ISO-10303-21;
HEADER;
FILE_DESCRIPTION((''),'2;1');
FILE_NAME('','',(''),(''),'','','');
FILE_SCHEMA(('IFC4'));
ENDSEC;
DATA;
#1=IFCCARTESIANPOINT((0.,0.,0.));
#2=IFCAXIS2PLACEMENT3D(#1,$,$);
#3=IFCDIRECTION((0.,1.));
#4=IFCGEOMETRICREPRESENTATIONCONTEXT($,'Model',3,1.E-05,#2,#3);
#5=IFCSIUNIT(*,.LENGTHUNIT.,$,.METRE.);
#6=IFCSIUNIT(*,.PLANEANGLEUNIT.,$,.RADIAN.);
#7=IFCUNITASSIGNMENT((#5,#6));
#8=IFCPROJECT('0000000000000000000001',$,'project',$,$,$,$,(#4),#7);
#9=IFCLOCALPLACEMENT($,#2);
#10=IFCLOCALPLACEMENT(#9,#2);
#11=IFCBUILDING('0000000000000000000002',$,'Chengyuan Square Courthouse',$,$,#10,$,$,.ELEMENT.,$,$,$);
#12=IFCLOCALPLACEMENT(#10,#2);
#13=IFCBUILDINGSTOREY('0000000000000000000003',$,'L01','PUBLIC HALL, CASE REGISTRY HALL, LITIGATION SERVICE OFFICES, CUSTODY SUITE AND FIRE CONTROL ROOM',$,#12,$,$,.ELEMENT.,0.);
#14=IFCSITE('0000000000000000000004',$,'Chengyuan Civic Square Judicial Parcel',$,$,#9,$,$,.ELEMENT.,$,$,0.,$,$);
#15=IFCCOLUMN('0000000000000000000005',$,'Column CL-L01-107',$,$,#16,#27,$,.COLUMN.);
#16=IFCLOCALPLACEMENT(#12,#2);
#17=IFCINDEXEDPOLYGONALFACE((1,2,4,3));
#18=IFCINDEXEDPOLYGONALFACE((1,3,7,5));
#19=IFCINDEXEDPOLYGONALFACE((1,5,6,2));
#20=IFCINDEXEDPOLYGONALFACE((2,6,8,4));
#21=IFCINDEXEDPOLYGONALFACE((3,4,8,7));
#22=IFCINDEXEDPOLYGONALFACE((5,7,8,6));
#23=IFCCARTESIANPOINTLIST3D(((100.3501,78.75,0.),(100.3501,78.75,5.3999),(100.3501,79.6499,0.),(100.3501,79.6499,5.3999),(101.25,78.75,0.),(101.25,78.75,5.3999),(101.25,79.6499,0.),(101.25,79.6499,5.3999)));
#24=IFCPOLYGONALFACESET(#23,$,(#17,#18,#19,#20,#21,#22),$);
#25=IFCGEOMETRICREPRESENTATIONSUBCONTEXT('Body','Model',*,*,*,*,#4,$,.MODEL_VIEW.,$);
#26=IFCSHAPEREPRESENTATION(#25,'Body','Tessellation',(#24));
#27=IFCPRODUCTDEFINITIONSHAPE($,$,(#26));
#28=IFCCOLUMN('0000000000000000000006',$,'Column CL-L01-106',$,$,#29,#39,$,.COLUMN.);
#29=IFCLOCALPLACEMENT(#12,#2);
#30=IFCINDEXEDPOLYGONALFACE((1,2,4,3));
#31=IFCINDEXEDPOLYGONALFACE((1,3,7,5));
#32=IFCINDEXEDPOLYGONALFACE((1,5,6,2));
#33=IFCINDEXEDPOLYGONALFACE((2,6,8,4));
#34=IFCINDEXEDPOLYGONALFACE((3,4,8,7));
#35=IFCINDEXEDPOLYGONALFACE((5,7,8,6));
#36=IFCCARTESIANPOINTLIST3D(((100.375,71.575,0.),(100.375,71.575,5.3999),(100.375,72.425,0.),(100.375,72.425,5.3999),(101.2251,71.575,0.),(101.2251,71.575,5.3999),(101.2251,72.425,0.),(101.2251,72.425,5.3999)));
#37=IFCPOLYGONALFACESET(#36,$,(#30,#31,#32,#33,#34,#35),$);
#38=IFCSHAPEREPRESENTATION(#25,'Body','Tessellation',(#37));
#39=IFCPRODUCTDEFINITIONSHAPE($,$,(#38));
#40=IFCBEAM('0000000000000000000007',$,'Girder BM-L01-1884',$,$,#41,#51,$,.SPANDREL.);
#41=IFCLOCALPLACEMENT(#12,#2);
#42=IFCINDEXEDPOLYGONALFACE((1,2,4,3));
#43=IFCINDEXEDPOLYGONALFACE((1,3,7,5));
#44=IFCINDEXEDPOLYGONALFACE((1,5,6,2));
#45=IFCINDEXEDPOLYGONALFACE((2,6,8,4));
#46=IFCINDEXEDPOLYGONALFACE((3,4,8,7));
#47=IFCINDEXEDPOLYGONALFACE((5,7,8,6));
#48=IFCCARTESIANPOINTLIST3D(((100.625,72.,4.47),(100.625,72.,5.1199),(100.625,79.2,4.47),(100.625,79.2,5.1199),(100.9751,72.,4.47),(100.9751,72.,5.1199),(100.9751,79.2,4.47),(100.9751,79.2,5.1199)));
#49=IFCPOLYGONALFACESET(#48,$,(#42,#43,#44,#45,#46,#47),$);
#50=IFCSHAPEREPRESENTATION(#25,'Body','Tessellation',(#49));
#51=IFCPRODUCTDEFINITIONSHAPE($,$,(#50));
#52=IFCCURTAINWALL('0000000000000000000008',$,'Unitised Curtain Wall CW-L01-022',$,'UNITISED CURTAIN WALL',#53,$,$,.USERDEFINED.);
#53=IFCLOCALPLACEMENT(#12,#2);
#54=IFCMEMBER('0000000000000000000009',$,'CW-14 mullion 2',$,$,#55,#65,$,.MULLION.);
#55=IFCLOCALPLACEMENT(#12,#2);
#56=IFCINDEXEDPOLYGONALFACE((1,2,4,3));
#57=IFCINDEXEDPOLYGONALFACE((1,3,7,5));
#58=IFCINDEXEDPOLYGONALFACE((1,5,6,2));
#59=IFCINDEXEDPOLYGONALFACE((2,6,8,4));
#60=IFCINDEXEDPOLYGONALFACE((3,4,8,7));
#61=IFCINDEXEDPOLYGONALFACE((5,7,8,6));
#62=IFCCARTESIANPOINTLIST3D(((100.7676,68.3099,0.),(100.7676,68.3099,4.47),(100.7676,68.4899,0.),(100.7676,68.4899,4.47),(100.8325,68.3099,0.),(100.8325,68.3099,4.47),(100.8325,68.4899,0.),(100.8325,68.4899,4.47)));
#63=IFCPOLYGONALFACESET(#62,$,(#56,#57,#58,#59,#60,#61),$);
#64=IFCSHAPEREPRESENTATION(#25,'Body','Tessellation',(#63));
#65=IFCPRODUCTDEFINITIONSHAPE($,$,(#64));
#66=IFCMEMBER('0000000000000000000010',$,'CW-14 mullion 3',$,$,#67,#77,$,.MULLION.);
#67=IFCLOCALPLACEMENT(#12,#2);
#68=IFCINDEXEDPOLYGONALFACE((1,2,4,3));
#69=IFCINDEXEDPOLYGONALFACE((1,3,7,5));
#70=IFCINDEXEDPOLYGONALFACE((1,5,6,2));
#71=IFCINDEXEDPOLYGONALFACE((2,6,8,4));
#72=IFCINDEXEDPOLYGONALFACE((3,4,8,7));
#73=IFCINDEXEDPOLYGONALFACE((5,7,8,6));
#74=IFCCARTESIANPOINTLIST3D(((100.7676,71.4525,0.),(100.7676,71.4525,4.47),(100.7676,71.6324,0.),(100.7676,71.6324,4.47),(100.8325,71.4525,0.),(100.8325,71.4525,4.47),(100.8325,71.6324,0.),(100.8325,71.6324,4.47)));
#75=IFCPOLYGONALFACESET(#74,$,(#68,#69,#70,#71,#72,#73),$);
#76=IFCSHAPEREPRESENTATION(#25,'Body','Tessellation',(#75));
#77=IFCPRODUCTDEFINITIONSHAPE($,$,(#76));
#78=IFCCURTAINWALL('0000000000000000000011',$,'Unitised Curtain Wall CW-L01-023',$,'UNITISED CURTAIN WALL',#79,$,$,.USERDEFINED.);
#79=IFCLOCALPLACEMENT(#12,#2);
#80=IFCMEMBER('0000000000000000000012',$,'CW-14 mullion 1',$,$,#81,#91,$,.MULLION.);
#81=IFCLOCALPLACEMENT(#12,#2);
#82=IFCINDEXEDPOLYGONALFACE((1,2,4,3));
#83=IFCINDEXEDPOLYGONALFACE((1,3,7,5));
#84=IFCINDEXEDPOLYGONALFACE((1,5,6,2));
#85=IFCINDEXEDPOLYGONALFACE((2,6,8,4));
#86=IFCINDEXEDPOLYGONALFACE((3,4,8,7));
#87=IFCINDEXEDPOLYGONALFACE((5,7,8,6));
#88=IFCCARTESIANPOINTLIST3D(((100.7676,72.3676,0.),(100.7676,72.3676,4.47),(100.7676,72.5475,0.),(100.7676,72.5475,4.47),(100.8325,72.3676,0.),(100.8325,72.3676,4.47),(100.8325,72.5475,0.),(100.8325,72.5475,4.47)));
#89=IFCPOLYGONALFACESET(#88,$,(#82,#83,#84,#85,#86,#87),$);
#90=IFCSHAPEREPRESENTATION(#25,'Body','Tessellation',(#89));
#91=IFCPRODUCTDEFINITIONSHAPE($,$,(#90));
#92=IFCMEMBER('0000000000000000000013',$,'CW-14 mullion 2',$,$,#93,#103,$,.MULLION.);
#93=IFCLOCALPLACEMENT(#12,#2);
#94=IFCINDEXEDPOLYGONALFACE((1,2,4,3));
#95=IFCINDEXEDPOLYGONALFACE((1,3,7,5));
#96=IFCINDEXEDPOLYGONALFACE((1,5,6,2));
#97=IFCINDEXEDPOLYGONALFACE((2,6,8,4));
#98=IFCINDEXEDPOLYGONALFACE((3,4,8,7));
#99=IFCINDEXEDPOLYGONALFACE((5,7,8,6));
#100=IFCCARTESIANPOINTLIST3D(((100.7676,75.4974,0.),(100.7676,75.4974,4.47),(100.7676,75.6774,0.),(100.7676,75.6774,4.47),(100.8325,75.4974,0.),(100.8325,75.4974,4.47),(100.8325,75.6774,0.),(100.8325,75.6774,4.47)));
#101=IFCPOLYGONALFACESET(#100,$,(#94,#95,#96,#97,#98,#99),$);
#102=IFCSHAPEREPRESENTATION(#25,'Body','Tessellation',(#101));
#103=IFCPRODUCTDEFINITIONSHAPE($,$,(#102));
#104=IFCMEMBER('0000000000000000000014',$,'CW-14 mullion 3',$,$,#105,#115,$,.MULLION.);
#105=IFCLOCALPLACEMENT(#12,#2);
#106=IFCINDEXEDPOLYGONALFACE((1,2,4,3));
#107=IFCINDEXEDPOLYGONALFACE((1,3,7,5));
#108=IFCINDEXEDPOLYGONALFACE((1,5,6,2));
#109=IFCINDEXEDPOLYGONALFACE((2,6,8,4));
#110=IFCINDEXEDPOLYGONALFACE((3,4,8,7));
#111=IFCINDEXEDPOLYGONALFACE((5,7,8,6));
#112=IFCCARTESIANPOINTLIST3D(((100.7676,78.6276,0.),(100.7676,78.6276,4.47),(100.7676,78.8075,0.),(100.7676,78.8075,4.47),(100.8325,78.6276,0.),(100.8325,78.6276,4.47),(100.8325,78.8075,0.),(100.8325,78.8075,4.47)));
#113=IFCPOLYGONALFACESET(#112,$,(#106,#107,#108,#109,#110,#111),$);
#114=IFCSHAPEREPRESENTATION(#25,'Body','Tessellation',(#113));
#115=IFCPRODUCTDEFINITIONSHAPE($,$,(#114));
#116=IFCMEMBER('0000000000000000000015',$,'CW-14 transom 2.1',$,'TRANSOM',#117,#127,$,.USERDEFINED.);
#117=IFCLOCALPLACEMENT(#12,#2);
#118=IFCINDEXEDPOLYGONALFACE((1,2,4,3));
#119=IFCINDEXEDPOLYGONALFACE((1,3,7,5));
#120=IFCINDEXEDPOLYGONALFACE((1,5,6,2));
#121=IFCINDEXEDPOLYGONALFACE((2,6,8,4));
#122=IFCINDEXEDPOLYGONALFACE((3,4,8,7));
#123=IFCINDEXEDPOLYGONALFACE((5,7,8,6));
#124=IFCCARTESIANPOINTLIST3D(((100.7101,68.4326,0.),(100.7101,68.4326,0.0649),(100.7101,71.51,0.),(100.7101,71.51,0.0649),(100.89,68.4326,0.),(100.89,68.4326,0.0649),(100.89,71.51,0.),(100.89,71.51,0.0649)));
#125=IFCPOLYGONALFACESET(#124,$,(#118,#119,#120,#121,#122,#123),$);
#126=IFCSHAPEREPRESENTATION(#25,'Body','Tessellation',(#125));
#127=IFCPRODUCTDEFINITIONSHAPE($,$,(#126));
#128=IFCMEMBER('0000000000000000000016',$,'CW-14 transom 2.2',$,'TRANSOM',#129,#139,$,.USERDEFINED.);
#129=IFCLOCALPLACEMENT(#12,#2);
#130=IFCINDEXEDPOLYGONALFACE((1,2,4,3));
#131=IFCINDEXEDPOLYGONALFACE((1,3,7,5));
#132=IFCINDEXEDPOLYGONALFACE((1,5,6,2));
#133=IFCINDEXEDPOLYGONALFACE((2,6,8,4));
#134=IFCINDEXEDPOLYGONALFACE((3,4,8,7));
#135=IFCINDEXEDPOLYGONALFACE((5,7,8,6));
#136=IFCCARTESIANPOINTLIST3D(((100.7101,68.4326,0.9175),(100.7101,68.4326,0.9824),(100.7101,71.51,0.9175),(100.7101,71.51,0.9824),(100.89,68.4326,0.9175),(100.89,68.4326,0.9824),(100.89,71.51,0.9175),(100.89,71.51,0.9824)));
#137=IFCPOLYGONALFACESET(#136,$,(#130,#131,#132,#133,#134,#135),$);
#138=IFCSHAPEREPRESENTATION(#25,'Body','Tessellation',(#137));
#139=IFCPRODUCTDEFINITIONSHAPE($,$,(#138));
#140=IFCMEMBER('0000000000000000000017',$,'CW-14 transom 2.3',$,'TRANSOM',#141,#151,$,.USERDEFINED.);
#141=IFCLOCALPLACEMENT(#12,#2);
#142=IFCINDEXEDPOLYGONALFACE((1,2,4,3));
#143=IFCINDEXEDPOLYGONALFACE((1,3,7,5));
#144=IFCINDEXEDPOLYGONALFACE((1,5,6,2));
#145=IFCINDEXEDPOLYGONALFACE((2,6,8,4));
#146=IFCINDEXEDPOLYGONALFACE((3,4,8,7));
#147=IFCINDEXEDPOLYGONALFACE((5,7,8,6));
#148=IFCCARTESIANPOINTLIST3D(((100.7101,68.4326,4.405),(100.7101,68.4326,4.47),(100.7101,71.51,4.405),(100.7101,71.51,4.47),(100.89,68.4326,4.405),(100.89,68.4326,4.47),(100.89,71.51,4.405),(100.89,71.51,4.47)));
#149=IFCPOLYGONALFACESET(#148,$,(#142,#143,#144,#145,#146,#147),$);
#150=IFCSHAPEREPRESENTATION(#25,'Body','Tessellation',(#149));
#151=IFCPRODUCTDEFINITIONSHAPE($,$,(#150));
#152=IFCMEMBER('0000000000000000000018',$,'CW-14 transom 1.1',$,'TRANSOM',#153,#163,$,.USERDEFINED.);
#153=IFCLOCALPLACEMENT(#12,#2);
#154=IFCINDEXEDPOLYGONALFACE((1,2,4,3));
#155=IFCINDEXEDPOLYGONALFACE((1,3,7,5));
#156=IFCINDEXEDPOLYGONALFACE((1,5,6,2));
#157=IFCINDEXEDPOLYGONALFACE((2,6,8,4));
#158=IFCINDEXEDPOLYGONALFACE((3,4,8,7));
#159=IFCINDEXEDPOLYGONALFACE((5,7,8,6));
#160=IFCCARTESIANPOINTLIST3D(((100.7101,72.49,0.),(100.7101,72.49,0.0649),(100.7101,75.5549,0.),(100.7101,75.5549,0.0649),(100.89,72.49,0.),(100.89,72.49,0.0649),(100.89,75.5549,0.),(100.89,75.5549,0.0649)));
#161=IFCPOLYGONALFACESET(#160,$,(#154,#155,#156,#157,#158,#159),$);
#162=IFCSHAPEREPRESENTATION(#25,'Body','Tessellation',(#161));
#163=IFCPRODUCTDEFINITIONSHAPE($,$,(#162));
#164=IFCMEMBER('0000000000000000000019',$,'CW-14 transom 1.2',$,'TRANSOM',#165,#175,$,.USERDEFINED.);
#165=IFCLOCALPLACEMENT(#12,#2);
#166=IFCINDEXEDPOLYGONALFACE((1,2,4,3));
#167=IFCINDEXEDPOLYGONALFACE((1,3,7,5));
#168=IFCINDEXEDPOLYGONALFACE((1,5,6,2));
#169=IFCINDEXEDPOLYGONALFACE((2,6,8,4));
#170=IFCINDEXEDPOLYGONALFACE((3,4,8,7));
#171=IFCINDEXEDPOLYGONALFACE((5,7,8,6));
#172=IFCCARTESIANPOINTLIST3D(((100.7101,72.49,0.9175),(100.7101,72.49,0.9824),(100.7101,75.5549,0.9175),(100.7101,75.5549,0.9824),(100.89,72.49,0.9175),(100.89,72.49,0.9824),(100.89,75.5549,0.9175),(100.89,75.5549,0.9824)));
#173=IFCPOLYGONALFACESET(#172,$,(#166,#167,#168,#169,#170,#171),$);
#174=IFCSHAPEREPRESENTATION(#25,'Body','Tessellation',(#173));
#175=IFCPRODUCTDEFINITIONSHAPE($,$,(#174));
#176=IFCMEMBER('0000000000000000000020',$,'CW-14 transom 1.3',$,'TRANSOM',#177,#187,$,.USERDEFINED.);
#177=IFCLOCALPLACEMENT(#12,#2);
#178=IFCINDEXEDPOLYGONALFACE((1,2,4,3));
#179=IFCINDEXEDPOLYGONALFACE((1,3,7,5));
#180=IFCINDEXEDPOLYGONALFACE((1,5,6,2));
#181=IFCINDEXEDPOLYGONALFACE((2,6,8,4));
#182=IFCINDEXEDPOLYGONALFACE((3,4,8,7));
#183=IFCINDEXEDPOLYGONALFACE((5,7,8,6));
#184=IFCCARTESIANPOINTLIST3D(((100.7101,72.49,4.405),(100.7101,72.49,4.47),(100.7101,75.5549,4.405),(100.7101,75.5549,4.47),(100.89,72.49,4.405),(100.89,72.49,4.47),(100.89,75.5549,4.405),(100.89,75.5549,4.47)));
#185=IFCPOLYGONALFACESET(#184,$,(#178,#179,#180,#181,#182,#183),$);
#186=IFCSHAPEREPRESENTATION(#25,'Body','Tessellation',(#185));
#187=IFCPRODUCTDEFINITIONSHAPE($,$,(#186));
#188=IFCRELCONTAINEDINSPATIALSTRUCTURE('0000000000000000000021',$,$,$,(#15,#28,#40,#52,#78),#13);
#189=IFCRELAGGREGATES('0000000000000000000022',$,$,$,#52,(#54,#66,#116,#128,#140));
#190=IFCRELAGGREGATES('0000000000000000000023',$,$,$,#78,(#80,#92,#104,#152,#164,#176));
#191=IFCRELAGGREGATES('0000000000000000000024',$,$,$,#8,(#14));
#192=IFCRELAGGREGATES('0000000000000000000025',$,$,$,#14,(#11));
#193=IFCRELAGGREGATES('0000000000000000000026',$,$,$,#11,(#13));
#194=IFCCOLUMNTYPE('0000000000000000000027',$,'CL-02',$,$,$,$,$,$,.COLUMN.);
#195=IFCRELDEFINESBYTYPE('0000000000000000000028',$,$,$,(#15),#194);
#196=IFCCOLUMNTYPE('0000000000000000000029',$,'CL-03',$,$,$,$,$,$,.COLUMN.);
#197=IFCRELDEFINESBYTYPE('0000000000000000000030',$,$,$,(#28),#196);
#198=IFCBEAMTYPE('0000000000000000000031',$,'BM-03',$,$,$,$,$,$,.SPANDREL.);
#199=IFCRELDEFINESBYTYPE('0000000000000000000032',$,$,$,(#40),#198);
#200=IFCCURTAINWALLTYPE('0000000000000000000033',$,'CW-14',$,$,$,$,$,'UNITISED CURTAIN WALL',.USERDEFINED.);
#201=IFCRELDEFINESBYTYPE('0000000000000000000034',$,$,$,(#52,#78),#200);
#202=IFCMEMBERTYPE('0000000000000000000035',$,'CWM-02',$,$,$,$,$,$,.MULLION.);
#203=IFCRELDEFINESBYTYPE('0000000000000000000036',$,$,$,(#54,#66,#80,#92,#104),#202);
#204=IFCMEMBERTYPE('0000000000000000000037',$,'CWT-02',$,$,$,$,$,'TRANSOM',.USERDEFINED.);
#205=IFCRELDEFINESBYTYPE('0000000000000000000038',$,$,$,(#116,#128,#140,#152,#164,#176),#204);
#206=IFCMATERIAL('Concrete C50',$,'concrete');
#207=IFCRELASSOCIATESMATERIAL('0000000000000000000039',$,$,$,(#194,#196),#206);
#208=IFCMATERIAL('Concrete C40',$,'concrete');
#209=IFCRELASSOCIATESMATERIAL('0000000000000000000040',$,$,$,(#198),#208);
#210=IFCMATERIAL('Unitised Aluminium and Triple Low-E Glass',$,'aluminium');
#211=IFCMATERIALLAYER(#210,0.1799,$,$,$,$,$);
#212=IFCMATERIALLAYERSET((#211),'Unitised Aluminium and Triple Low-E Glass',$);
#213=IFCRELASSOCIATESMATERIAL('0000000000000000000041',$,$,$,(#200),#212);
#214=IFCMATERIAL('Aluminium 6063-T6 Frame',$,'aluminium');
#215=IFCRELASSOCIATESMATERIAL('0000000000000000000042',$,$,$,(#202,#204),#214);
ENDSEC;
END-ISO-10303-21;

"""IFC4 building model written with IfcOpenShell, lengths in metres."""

from ifc_helpers import new_model, si_unit, direction, frame, origin, origin_2d, place, context, subcontext, project, spatial, rectangle, extrude, material, layer, layer_set, material_profile, profile_set, type_object, element, aggregate, save


model = new_model("IFC4")

# Units and contexts
model_context = context("Model", 3, precision=1e-05, world=origin(), true_north=direction((0.0, 1.0)))
body_context = subcontext(model_context, "Body", "Model", "MODEL_VIEW")
ifc_project = project(units=[si_unit("LENGTHUNIT", "METRE"), si_unit("PLANEANGLEUNIT", "RADIAN")], contexts=[model_context])

# Site, building, storey
site_placement = place(None, origin())
site = spatial("IfcSite", under=ifc_project, at=site_placement, Name="Chengyuan Civic Square Judicial Parcel", CompositionType="ELEMENT", RefElevation=0.0)
building_placement = place(site_placement, origin())
building = spatial("IfcBuilding", under=site, at=building_placement, Name="Chengyuan Square Courthouse", CompositionType="ELEMENT")
storey_placement = place(building_placement, origin())
storey = spatial("IfcBuildingStorey", under=building, at=storey_placement, Name="L01", Description="PUBLIC HALL, CASE REGISTRY HALL, LITIGATION SERVICE OFFICES, CUSTODY SUITE AND FIRE CONTROL ROOM", CompositionType="ELEMENT", Elevation=0.0)

# Columns
ifc_material_1 = material(Name="Concrete C50", Category="concrete")
ifc_material_profile_1 = material_profile(ifc_material_1, rectangle(XDim=0.8999, YDim=0.8999, at=origin_2d()), Name="RC-COL-900x900")
ifc_profile_set_1 = profile_set([ifc_material_profile_1], Name="Concrete C50")
column_type_1 = type_object("IfcColumnType", Name="CL-02", PredefinedType="COLUMN", material=ifc_profile_set_1)
column_1_placement = place(storey_placement, frame((100.8, 79.2, 0.0), z_axis=(0.0, 0.0, 1.0), x_axis=(1.0, 0.0, 0.0)))
element("IfcColumn", 1, at=column_1_placement, inside=storey, type_object=column_type_1, Name="Column CL-L01-107", PredefinedType="COLUMN", context=body_context, shape_type="SweptSolid", body=[
    extrude(rectangle(XDim=0.8999, YDim=0.8999, at=origin_2d()), origin(), (0.0, 0.0, 1.0), 5.3999),
])
ifc_material_profile_2 = material_profile(ifc_material_1, rectangle(XDim=0.8501, YDim=0.8501, at=origin_2d()), Name="RC-COL-850x850")
ifc_profile_set_2 = profile_set([ifc_material_profile_2], Name="Concrete C50")
column_type_2 = type_object("IfcColumnType", Name="CL-03", PredefinedType="COLUMN", material=ifc_profile_set_2)
column_2_placement = place(storey_placement, frame((100.8, 72.0, 0.0), z_axis=(0.0, 0.0, 1.0), x_axis=(1.0, 0.0, 0.0)))
element("IfcColumn", 2, at=column_2_placement, inside=storey, type_object=column_type_2, Name="Column CL-L01-106", PredefinedType="COLUMN", context=body_context, shape_type="SweptSolid", body=[
    extrude(rectangle(XDim=0.8501, YDim=0.8501, at=origin_2d()), origin(), (0.0, 0.0, 1.0), 5.3999),
])

# Beam
ifc_material_2 = material(Name="Concrete C40", Category="concrete")
ifc_material_profile_3 = material_profile(ifc_material_2, rectangle(XDim=0.3501, YDim=0.6499, at=origin_2d()), Name="RC-BM-350x650")
ifc_profile_set_3 = profile_set([ifc_material_profile_3], Name="Concrete C40")
beam_type = type_object("IfcBeamType", Name="BM-03", PredefinedType="SPANDREL", material=ifc_profile_set_3)
beam_placement = place(storey_placement, frame((100.8, 72.0, 4.7949), z_axis=(0.0, 1.0, 0.0), x_axis=(-1.0, 0.0, 0.0)))
element("IfcBeam", 3, at=beam_placement, inside=storey, type_object=beam_type, Name="Girder BM-L01-1884", PredefinedType="SPANDREL", context=body_context, shape_type="SweptSolid", body=[
    extrude(rectangle(XDim=0.3501, YDim=0.6499, at=origin_2d()), origin(), (0.0, 0.0, 1.0), 7.2),
])

# Curtain walls, members
ifc_material_3 = material(Name="Unitised Aluminium and Triple Low-E Glass", Category="aluminium")
ifc_layer_1 = layer(ifc_material_3, 0.1799)
ifc_layer_set_1 = layer_set([ifc_layer_1], Name="Unitised Aluminium and Triple Low-E Glass")
curtain_wall_type = type_object("IfcCurtainWallType", Name="CW-14", ElementType="UNITISED CURTAIN WALL", PredefinedType="USERDEFINED", material=ifc_layer_set_1)
curtain_wall_1_placement = place(storey_placement, origin())
curtain_wall_1 = element("IfcCurtainWall", 4, at=curtain_wall_1_placement, inside=storey, type_object=curtain_wall_type, Name="Unitised Curtain Wall CW-L01-022", ObjectType="UNITISED CURTAIN WALL", PredefinedType="USERDEFINED")
ifc_material_4 = material(Name="Aluminium 6063-T6 Frame", Category="aluminium")
ifc_material_profile_4 = material_profile(ifc_material_4, rectangle(XDim=0.0649, YDim=0.1799, at=origin_2d()), Name="CW-MUL-65x180")
ifc_profile_set_4 = profile_set([ifc_material_profile_4], Name="Aluminium 6063-T6 Frame")
member_type_1 = type_object("IfcMemberType", Name="CWM-02", PredefinedType="MULLION", material=ifc_profile_set_4)
member_1_placement = place(storey_placement, frame((100.8, 68.3999, 0.0), z_axis=(0.0, 0.0, 1.0), x_axis=(-1.0, 0.0, 0.0)))
member_1 = element("IfcMember", 5, at=member_1_placement, type_object=member_type_1, Name="CW-14 mullion 2", PredefinedType="MULLION", context=body_context, shape_type="SweptSolid", body=[
    extrude(rectangle(XDim=0.0649, YDim=0.1799, at=origin_2d()), origin(), (0.0, 0.0, 1.0), 4.47),
])
member_2_placement = place(storey_placement, frame((100.8, 71.5425, 0.0), z_axis=(0.0, 0.0, 1.0), x_axis=(-1.0, 0.0, 0.0)))
member_2 = element("IfcMember", 6, at=member_2_placement, type_object=member_type_1, Name="CW-14 mullion 3", PredefinedType="MULLION", context=body_context, shape_type="SweptSolid", body=[
    extrude(rectangle(XDim=0.0649, YDim=0.1799, at=origin_2d()), origin(), (0.0, 0.0, 1.0), 4.47),
])
curtain_wall_2_placement = place(storey_placement, origin())
curtain_wall_2 = element("IfcCurtainWall", 7, at=curtain_wall_2_placement, inside=storey, type_object=curtain_wall_type, Name="Unitised Curtain Wall CW-L01-023", ObjectType="UNITISED CURTAIN WALL", PredefinedType="USERDEFINED")
member_3_placement = place(storey_placement, frame((100.8, 72.4575, 0.0), z_axis=(0.0, 0.0, 1.0), x_axis=(-1.0, 0.0, 0.0)))
member_3 = element("IfcMember", 8, at=member_3_placement, type_object=member_type_1, Name="CW-14 mullion 1", PredefinedType="MULLION", context=body_context, shape_type="SweptSolid", body=[
    extrude(rectangle(XDim=0.0649, YDim=0.1799, at=origin_2d()), origin(), (0.0, 0.0, 1.0), 4.47),
])
member_4_placement = place(storey_placement, frame((100.8, 75.5874, 0.0), z_axis=(0.0, 0.0, 1.0), x_axis=(-1.0, 0.0, 0.0)))
member_4 = element("IfcMember", 9, at=member_4_placement, type_object=member_type_1, Name="CW-14 mullion 2", PredefinedType="MULLION", context=body_context, shape_type="SweptSolid", body=[
    extrude(rectangle(XDim=0.0649, YDim=0.1799, at=origin_2d()), origin(), (0.0, 0.0, 1.0), 4.47),
])
member_5_placement = place(storey_placement, frame((100.8, 78.7175, 0.0), z_axis=(0.0, 0.0, 1.0), x_axis=(-1.0, 0.0, 0.0)))
member_5 = element("IfcMember", 10, at=member_5_placement, type_object=member_type_1, Name="CW-14 mullion 3", PredefinedType="MULLION", context=body_context, shape_type="SweptSolid", body=[
    extrude(rectangle(XDim=0.0649, YDim=0.1799, at=origin_2d()), origin(), (0.0, 0.0, 1.0), 4.47),
])

# Members
ifc_material_profile_5 = material_profile(ifc_material_4, rectangle(XDim=0.1799, YDim=0.0649, at=origin_2d()), Name="CW-TRN-65x140")
ifc_profile_set_5 = profile_set([ifc_material_profile_5], Name="Aluminium 6063-T6 Frame")
member_type_2 = type_object("IfcMemberType", Name="CWT-02", ElementType="TRANSOM", PredefinedType="USERDEFINED", material=ifc_profile_set_5)
member_6_placement = place(storey_placement, frame((100.8, 68.4326, 0.0325), z_axis=(0.0, 1.0, 0.0), x_axis=(-1.0, 0.0, 0.0)))
member_6 = element("IfcMember", 11, at=member_6_placement, type_object=member_type_2, Name="CW-14 transom 2.1", ObjectType="TRANSOM", PredefinedType="USERDEFINED", context=body_context, shape_type="SweptSolid", body=[
    extrude(rectangle(XDim=0.1799, YDim=0.0649, at=origin_2d()), origin(), (0.0, 0.0, 1.0), 3.0774),
])
member_7_placement = place(storey_placement, frame((100.8, 68.4326, 0.95), z_axis=(0.0, 1.0, 0.0), x_axis=(-1.0, 0.0, 0.0)))
member_7 = element("IfcMember", 12, at=member_7_placement, type_object=member_type_2, Name="CW-14 transom 2.2", ObjectType="TRANSOM", PredefinedType="USERDEFINED", context=body_context, shape_type="SweptSolid", body=[
    extrude(rectangle(XDim=0.1799, YDim=0.0649, at=origin_2d()), origin(), (0.0, 0.0, 1.0), 3.0774),
])
member_8_placement = place(storey_placement, frame((100.8, 68.4326, 4.4375), z_axis=(0.0, 1.0, 0.0), x_axis=(-1.0, 0.0, 0.0)))
member_8 = element("IfcMember", 13, at=member_8_placement, type_object=member_type_2, Name="CW-14 transom 2.3", ObjectType="TRANSOM", PredefinedType="USERDEFINED", context=body_context, shape_type="SweptSolid", body=[
    extrude(rectangle(XDim=0.1799, YDim=0.0649, at=origin_2d()), origin(), (0.0, 0.0, 1.0), 3.0774),
])
member_9_placement = place(storey_placement, frame((100.8, 72.49, 0.0325), z_axis=(0.0, 1.0, 0.0), x_axis=(-1.0, 0.0, 0.0)))
member_9 = element("IfcMember", 14, at=member_9_placement, type_object=member_type_2, Name="CW-14 transom 1.1", ObjectType="TRANSOM", PredefinedType="USERDEFINED", context=body_context, shape_type="SweptSolid", body=[
    extrude(rectangle(XDim=0.1799, YDim=0.0649, at=origin_2d()), origin(), (0.0, 0.0, 1.0), 3.0649),
])
member_10_placement = place(storey_placement, frame((100.8, 72.49, 0.95), z_axis=(0.0, 1.0, 0.0), x_axis=(-1.0, 0.0, 0.0)))
member_10 = element("IfcMember", 15, at=member_10_placement, type_object=member_type_2, Name="CW-14 transom 1.2", ObjectType="TRANSOM", PredefinedType="USERDEFINED", context=body_context, shape_type="SweptSolid", body=[
    extrude(rectangle(XDim=0.1799, YDim=0.0649, at=origin_2d()), origin(), (0.0, 0.0, 1.0), 3.0649),
])
member_11_placement = place(storey_placement, frame((100.8, 72.49, 4.4375), z_axis=(0.0, 1.0, 0.0), x_axis=(-1.0, 0.0, 0.0)))
member_11 = element("IfcMember", 16, at=member_11_placement, type_object=member_type_2, Name="CW-14 transom 1.3", ObjectType="TRANSOM", PredefinedType="USERDEFINED", context=body_context, shape_type="SweptSolid", body=[
    extrude(rectangle(XDim=0.1799, YDim=0.0649, at=origin_2d()), origin(), (0.0, 0.0, 1.0), 3.0649),
])

aggregate(curtain_wall_1, [member_1, member_2, member_6, member_7, member_8])
aggregate(curtain_wall_2, [member_3, member_4, member_5, member_9, member_10, member_11])

save(model, "model.ifc")
